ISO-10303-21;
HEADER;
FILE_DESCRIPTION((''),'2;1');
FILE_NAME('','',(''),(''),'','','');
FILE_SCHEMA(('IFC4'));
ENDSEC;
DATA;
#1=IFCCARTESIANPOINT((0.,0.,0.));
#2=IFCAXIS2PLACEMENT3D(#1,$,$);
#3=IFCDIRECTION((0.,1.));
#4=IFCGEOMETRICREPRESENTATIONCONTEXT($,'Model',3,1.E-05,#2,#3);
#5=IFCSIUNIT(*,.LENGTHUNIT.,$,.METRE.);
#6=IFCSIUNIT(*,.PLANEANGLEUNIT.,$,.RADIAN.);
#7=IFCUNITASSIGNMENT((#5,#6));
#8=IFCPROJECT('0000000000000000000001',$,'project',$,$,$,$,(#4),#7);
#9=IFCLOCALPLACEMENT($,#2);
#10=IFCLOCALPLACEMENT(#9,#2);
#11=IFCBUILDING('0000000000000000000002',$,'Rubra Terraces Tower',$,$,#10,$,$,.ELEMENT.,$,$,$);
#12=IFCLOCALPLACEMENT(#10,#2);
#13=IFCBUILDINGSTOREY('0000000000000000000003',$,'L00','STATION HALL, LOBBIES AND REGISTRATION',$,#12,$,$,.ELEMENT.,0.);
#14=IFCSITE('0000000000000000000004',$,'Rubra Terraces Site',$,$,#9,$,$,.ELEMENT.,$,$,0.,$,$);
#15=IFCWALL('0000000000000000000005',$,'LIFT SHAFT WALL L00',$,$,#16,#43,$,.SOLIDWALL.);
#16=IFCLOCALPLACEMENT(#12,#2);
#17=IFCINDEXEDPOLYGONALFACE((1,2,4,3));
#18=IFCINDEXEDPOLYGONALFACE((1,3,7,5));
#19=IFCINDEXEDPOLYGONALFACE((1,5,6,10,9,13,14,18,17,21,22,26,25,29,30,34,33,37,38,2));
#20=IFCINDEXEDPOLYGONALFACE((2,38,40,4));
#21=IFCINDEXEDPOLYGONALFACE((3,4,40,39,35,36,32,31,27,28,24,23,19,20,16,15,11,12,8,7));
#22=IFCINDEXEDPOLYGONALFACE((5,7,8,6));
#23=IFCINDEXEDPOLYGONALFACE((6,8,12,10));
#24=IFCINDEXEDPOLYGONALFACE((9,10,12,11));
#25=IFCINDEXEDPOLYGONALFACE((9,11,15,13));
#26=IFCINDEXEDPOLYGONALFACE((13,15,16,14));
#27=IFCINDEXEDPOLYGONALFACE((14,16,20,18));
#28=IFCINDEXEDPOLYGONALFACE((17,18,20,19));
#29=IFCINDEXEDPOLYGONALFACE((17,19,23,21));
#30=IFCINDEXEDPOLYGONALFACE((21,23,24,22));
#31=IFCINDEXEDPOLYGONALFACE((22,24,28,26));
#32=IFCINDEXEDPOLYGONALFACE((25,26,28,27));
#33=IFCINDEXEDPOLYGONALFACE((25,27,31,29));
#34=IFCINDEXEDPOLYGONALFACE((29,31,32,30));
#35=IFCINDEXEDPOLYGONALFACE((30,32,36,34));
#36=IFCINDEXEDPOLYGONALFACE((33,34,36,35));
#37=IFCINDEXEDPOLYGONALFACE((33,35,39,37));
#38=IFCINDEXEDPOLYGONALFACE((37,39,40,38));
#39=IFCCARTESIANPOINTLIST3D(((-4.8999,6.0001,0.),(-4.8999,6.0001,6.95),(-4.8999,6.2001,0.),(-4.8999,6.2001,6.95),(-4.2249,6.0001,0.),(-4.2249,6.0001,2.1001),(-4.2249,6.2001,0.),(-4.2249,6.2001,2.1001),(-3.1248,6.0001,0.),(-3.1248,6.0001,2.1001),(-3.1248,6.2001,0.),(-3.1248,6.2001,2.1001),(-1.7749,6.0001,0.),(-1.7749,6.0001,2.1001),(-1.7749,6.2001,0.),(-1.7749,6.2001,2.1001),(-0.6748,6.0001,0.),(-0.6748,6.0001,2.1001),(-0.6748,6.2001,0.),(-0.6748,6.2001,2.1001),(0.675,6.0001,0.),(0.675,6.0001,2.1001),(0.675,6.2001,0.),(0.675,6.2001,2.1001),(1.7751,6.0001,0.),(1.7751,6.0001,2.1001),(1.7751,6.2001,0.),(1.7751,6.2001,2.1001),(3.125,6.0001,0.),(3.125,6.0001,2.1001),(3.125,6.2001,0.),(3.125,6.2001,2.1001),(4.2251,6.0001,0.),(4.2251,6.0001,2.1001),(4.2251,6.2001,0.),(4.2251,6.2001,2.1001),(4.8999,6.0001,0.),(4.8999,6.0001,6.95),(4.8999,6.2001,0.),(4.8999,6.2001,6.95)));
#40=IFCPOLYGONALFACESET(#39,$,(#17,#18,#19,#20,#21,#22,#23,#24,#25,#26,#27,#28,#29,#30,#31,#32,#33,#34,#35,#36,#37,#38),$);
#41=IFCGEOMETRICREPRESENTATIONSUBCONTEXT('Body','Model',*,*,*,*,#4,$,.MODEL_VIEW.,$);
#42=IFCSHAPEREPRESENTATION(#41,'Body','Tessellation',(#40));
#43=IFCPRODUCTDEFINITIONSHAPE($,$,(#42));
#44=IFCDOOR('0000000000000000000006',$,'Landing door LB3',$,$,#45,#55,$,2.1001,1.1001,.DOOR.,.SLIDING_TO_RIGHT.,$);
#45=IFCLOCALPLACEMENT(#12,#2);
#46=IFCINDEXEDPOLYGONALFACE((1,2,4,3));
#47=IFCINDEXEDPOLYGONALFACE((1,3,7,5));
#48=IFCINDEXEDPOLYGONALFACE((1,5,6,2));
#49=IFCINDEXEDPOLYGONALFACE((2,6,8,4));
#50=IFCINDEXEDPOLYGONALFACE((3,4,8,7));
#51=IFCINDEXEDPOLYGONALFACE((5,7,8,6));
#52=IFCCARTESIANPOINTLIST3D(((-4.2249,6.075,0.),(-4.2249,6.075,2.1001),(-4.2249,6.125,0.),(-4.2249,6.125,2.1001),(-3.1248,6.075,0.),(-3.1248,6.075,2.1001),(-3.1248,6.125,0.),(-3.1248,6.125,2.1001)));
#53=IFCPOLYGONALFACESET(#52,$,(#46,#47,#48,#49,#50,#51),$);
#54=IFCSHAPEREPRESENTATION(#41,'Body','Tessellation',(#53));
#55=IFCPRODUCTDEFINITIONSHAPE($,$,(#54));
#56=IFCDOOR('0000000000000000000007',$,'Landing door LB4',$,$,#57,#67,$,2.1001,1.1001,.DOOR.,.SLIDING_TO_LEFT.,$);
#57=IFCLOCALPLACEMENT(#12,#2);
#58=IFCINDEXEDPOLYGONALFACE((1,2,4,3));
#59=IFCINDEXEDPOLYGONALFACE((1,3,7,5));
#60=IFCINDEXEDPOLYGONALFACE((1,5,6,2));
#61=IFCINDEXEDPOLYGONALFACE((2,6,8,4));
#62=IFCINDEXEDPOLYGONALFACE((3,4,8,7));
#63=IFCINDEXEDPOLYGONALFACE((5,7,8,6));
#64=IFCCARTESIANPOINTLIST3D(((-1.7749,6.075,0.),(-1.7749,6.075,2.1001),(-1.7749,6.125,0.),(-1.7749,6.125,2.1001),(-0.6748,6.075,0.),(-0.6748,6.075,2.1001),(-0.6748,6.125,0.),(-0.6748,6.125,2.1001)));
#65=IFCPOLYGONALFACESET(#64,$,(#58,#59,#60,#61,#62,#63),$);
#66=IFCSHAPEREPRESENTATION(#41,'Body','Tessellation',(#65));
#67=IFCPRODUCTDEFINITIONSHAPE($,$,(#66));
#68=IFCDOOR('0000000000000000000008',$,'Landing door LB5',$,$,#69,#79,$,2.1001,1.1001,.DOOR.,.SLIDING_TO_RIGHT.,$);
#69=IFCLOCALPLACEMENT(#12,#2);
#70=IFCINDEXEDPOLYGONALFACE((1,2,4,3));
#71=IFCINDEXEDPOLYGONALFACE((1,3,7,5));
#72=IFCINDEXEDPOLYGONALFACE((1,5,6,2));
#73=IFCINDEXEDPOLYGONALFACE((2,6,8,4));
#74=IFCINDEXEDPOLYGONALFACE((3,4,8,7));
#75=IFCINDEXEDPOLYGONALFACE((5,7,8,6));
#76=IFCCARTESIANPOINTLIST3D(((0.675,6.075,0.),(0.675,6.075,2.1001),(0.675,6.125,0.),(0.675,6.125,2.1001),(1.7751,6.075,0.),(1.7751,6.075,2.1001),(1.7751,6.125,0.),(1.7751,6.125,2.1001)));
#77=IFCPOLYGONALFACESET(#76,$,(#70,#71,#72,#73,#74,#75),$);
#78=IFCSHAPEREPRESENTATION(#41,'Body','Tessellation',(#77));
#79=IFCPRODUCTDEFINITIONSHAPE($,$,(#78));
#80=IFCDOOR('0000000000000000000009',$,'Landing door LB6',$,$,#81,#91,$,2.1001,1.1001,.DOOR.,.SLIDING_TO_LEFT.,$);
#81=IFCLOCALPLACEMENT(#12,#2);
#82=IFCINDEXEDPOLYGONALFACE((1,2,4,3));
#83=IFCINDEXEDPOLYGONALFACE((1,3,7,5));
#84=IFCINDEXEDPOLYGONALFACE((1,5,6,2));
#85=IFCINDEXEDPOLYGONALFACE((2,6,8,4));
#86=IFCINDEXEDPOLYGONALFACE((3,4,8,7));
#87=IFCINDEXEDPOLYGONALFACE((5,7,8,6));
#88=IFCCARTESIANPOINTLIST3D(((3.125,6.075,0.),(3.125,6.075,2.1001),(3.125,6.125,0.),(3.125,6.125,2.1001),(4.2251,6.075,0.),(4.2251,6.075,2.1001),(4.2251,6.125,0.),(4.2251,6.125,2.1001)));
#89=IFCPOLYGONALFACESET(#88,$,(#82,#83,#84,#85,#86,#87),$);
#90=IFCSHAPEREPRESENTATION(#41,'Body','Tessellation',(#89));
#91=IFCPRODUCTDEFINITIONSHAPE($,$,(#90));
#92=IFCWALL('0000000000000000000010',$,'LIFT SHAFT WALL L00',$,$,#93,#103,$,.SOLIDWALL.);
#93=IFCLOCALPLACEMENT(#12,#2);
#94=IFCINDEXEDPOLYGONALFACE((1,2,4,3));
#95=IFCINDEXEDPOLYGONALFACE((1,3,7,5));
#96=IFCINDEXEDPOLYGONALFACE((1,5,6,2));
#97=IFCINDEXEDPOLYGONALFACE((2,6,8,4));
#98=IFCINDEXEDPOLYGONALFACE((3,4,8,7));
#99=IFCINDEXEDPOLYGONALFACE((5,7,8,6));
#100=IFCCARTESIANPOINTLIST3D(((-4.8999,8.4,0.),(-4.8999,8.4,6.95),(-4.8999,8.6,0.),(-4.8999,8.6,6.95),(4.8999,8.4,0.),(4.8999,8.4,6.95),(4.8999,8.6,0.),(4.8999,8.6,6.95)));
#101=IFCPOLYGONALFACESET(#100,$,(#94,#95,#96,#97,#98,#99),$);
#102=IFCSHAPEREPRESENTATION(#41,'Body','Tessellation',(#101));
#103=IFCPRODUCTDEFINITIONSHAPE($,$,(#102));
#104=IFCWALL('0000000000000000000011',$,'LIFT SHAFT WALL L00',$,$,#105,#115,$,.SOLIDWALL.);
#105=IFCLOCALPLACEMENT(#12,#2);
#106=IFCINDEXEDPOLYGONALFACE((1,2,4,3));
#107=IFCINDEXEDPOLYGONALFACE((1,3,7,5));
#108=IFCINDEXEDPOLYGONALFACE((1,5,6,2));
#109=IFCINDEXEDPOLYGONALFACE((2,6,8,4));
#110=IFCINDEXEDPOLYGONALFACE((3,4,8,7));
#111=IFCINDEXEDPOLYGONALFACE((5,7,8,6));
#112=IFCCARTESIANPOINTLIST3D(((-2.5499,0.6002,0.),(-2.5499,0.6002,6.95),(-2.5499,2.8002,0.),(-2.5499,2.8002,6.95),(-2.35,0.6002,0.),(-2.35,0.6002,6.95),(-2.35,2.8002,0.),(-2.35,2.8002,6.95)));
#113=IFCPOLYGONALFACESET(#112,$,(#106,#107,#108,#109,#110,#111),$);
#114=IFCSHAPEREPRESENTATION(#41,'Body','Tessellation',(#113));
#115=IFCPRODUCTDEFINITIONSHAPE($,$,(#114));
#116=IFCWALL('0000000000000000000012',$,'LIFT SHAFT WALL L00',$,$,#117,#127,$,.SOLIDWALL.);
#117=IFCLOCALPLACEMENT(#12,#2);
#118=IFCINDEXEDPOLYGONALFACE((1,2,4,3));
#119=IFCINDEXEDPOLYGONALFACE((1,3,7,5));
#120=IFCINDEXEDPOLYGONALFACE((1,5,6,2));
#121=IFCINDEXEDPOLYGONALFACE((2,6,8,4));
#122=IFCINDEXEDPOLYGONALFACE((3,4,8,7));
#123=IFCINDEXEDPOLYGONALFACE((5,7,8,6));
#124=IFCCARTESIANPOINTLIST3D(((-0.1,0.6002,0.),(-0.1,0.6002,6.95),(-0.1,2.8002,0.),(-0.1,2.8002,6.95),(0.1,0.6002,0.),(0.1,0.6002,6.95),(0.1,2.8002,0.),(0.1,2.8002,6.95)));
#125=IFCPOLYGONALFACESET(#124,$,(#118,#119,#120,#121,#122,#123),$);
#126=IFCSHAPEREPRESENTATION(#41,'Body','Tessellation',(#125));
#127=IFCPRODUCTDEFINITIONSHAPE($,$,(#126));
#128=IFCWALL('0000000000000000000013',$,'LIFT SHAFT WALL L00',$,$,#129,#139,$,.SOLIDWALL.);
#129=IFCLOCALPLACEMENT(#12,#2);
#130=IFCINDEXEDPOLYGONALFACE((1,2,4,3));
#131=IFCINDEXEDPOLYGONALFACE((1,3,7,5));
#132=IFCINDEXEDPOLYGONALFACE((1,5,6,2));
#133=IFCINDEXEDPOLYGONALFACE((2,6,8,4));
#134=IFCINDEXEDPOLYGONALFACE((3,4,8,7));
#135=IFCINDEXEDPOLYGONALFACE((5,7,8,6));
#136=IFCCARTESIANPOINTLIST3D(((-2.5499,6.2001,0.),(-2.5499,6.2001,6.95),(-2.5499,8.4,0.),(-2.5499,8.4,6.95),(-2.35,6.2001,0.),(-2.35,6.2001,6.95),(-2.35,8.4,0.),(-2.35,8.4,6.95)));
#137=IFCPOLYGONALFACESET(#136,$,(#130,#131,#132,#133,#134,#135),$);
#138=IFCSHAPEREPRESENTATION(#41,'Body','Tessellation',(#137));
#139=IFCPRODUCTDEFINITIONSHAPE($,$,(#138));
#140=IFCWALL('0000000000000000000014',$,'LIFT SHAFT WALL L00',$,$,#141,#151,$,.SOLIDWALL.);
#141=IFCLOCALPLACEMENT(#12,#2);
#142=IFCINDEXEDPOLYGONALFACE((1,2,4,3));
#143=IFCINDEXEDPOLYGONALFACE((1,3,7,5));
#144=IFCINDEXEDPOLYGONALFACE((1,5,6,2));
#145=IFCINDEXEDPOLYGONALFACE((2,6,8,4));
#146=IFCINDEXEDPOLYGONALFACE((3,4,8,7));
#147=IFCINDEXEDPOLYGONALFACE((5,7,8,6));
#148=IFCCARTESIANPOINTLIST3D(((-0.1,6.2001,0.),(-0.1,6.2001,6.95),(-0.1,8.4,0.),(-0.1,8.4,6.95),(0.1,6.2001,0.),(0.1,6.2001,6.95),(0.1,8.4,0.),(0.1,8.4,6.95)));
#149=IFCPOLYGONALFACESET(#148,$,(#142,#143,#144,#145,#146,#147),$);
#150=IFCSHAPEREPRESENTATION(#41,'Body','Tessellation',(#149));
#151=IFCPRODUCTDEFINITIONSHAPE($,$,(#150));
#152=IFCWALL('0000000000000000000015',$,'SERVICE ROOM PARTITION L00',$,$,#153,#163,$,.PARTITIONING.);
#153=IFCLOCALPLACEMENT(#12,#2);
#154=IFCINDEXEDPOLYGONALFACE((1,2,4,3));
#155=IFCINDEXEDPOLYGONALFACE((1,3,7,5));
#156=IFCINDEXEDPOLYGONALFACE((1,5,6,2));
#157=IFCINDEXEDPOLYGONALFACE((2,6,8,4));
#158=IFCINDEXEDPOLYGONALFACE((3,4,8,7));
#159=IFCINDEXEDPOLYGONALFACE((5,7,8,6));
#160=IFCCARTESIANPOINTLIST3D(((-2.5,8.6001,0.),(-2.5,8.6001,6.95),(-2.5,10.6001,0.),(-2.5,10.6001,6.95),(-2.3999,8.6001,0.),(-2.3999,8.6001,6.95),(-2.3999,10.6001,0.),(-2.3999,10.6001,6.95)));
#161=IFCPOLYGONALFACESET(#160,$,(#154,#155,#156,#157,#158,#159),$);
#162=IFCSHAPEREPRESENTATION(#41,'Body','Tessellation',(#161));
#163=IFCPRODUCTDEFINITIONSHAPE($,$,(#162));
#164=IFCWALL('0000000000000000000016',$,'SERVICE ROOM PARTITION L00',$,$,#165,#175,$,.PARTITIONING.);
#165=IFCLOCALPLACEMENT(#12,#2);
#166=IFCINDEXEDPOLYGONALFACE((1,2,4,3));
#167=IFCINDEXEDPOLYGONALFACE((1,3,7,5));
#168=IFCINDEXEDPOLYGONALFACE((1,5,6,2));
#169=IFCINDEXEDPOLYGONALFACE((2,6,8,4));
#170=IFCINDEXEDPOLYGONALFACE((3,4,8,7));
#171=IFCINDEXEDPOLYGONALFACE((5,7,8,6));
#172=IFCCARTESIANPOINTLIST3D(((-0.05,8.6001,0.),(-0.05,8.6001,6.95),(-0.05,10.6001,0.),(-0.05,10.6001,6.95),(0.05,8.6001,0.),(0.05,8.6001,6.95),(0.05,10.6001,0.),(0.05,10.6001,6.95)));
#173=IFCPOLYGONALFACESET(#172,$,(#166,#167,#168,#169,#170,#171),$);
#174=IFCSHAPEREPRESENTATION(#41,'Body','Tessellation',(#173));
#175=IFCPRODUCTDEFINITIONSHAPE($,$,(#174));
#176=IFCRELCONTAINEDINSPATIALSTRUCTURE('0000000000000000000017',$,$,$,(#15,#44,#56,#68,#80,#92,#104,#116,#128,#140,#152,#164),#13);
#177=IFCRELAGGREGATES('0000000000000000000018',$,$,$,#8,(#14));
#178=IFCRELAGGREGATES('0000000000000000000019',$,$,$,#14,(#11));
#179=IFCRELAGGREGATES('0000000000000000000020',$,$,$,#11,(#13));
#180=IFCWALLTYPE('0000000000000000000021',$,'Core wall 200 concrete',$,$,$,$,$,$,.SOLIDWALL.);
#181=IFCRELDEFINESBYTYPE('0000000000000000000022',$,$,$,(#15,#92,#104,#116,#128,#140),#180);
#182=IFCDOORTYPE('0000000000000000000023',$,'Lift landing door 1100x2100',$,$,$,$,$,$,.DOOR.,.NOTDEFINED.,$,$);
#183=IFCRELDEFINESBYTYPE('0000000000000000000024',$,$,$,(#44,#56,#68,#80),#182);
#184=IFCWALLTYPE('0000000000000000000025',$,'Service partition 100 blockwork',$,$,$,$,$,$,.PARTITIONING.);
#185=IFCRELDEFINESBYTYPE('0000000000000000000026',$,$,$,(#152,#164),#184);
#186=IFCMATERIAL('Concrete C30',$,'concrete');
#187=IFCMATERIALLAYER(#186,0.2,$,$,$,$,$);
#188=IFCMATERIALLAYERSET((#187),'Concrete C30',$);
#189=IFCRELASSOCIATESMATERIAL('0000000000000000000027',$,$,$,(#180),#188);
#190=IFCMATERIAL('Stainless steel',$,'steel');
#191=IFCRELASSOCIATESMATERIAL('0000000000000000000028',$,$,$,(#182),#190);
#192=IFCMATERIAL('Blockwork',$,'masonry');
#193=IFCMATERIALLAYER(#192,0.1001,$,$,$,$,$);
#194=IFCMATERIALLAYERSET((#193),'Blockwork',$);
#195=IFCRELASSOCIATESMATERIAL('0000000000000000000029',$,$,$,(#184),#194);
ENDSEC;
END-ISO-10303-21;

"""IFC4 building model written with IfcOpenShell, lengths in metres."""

from ifc_helpers import new_model, si_unit, direction, frame, frame_2d, origin, place, context, subcontext, project, spatial, rectangle, extrude, material, layer, layer_set, type_object, element, fill, save


model = new_model("IFC4")

# Units and contexts
model_context = context("Model", 3, precision=1e-05, world=origin(), true_north=direction((0.0, 1.0)))
body_context = subcontext(model_context, "Body", "Model", "MODEL_VIEW")
ifc_project = project(units=[si_unit("LENGTHUNIT", "METRE"), si_unit("PLANEANGLEUNIT", "RADIAN")], contexts=[model_context])

# Site, building, storey
site_placement = place(None, origin())
site = spatial("IfcSite", under=ifc_project, at=site_placement, Name="Rubra Terraces Site", CompositionType="ELEMENT", RefElevation=0.0)
building_placement = place(site_placement, origin())
building = spatial("IfcBuilding", under=site, at=building_placement, Name="Rubra Terraces Tower", CompositionType="ELEMENT")
storey_placement = place(building_placement, origin())
storey = spatial("IfcBuildingStorey", under=building, at=storey_placement, Name="L00", Description="STATION HALL, LOBBIES AND REGISTRATION", CompositionType="ELEMENT", Elevation=0.0)

# Shared definitions
ifc_material_1 = material(Name="Concrete C30", Category="concrete")
ifc_layer_1 = layer(ifc_material_1, 0.2)
ifc_layer_set_1 = layer_set([ifc_layer_1], Name="Concrete C30")
wall_type_1 = type_object("IfcWallType", Name="Core wall 200 concrete", PredefinedType="SOLIDWALL", material=ifc_layer_set_1)

# Wall, openings, doors
ifc_material_2 = material(Name="Stainless steel", Category="steel")
door_type = type_object("IfcDoorType", Name="Lift landing door 1100x2100", OperationType="NOTDEFINED", PredefinedType="DOOR", material=ifc_material_2)
wall_1_placement = place(storey_placement, frame((-4.8999, 6.1001, 0.0), z_axis=(0.0, 0.0, 1.0), x_axis=(1.0, 0.0, 0.0)))
wall_1 = element("IfcWall", 1, at=wall_1_placement, inside=storey, type_object=wall_type_1, Name="LIFT SHAFT WALL L00", PredefinedType="SOLIDWALL", context=body_context, shape_type="SweptSolid", body=[
    extrude(rectangle(XDim=9.7998, YDim=0.2, at=frame_2d((4.8999, 0.0))), origin(), (0.0, 0.0, 1.0), 6.95),
])
opening_1_placement = place(wall_1_placement, frame((0.675, 0.0, 0.0)))
opening_1 = element("IfcOpeningElement", 2, at=opening_1_placement, cuts=wall_1, PredefinedType="OPENING", context=body_context, shape_type="SweptSolid", body=[
    extrude(rectangle(XDim=1.1001, YDim=2.1001, at=frame_2d((0.55, 1.05))), frame((0.0, 0.1099, 0.0), z_axis=(0.0, -1.0, 0.0), x_axis=(1.0, 0.0, 0.0)), (0.0, 0.0, 1.0), 0.22),
])
opening_2_placement = place(wall_1_placement, frame((3.125, 0.0, 0.0)))
opening_2 = element("IfcOpeningElement", 3, at=opening_2_placement, cuts=wall_1, PredefinedType="OPENING", context=body_context, shape_type="SweptSolid", body=[
    extrude(rectangle(XDim=1.1001, YDim=2.1001, at=frame_2d((0.55, 1.05))), frame((0.0, 0.1099, 0.0), z_axis=(0.0, -1.0, 0.0), x_axis=(1.0, 0.0, 0.0)), (0.0, 0.0, 1.0), 0.22),
])
opening_3_placement = place(wall_1_placement, frame((5.575, 0.0, 0.0)))
opening_3 = element("IfcOpeningElement", 4, at=opening_3_placement, cuts=wall_1, PredefinedType="OPENING", context=body_context, shape_type="SweptSolid", body=[
    extrude(rectangle(XDim=1.1001, YDim=2.1001, at=frame_2d((0.55, 1.05))), frame((0.0, 0.1099, 0.0), z_axis=(0.0, -1.0, 0.0), x_axis=(1.0, 0.0, 0.0)), (0.0, 0.0, 1.0), 0.22),
])
opening_4_placement = place(wall_1_placement, frame((8.0249, 0.0, 0.0)))
opening_4 = element("IfcOpeningElement", 5, at=opening_4_placement, cuts=wall_1, PredefinedType="OPENING", context=body_context, shape_type="SweptSolid", body=[
    extrude(rectangle(XDim=1.1001, YDim=2.1001, at=frame_2d((0.55, 1.05))), frame((0.0, 0.1099, 0.0), z_axis=(0.0, -1.0, 0.0), x_axis=(1.0, 0.0, 0.0)), (0.0, 0.0, 1.0), 0.22),
])
door_1_placement = place(opening_1_placement, origin())
door_1 = element("IfcDoor", 6, at=door_1_placement, inside=storey, type_object=door_type, Name="Landing door LB3", OperationType="SLIDING_TO_RIGHT", OverallHeight=2.1001, OverallWidth=1.1001, PredefinedType="DOOR", context=body_context, shape_type="SweptSolid", body=[
    extrude(rectangle(XDim=1.1001, YDim=2.1001, at=frame_2d((0.55, 1.05))), frame((0.0, 0.0249, 0.0), z_axis=(0.0, -1.0, 0.0), x_axis=(1.0, 0.0, 0.0)), (0.0, 0.0, 1.0), 0.05),
])
fill(opening_1, door_1)
door_2_placement = place(opening_2_placement, origin())
door_2 = element("IfcDoor", 7, at=door_2_placement, inside=storey, type_object=door_type, Name="Landing door LB4", OperationType="SLIDING_TO_LEFT", OverallHeight=2.1001, OverallWidth=1.1001, PredefinedType="DOOR", context=body_context, shape_type="SweptSolid", body=[
    extrude(rectangle(XDim=1.1001, YDim=2.1001, at=frame_2d((0.55, 1.05))), frame((0.0, 0.0249, 0.0), z_axis=(0.0, -1.0, 0.0), x_axis=(1.0, 0.0, 0.0)), (0.0, 0.0, 1.0), 0.05),
])
fill(opening_2, door_2)
door_3_placement = place(opening_3_placement, origin())
door_3 = element("IfcDoor", 8, at=door_3_placement, inside=storey, type_object=door_type, Name="Landing door LB5", OperationType="SLIDING_TO_RIGHT", OverallHeight=2.1001, OverallWidth=1.1001, PredefinedType="DOOR", context=body_context, shape_type="SweptSolid", body=[
    extrude(rectangle(XDim=1.1001, YDim=2.1001, at=frame_2d((0.55, 1.05))), frame((0.0, 0.0249, 0.0), z_axis=(0.0, -1.0, 0.0), x_axis=(1.0, 0.0, 0.0)), (0.0, 0.0, 1.0), 0.05),
])
fill(opening_3, door_3)
door_4_placement = place(opening_4_placement, origin())
door_4 = element("IfcDoor", 9, at=door_4_placement, inside=storey, type_object=door_type, Name="Landing door LB6", OperationType="SLIDING_TO_LEFT", OverallHeight=2.1001, OverallWidth=1.1001, PredefinedType="DOOR", context=body_context, shape_type="SweptSolid", body=[
    extrude(rectangle(XDim=1.1001, YDim=2.1001, at=frame_2d((0.55, 1.05))), frame((0.0, 0.0249, 0.0), z_axis=(0.0, -1.0, 0.0), x_axis=(1.0, 0.0, 0.0)), (0.0, 0.0, 1.0), 0.05),
])
fill(opening_4, door_4)

# Walls
wall_2_placement = place(storey_placement, frame((-4.8999, 8.5, 0.0), z_axis=(0.0, 0.0, 1.0), x_axis=(1.0, 0.0, 0.0)))
element("IfcWall", 10, at=wall_2_placement, inside=storey, type_object=wall_type_1, Name="LIFT SHAFT WALL L00", PredefinedType="SOLIDWALL", context=body_context, shape_type="SweptSolid", body=[
    extrude(rectangle(XDim=9.7998, YDim=0.2, at=frame_2d((4.8999, 0.0))), origin(), (0.0, 0.0, 1.0), 6.95),
])
for number, where, z_axis, x_axis, name in (
    (11, (-2.45, 0.6001, 0.0), (0.0, 0.0, 1.0), (0.0, 1.0, 0.0), "LIFT SHAFT WALL L00"),
    (12, (0.0, 0.6001, 0.0), (0.0, 0.0, 1.0), (0.0, 1.0, 0.0), "LIFT SHAFT WALL L00"),
    (13, (-2.45, 6.2, 0.0), (0.0, 0.0, 1.0), (0.0, 1.0, 0.0), "LIFT SHAFT WALL L00"),
    (14, (0.0, 6.2, 0.0), (0.0, 0.0, 1.0), (0.0, 1.0, 0.0), "LIFT SHAFT WALL L00"),
):
    element("IfcWall", number, at=place(storey_placement, frame(where, z_axis=z_axis, x_axis=x_axis)), inside=storey, type_object=wall_type_1, Name=name, PredefinedType="SOLIDWALL", context=body_context, shape_type="SweptSolid", body=[
        extrude(rectangle(XDim=2.2, YDim=0.2, at=frame_2d((1.1001, 0.0))), origin(), (0.0, 0.0, 1.0), 6.95),
    ])
ifc_material_3 = material(Name="Blockwork", Category="masonry")
ifc_layer_2 = layer(ifc_material_3, 0.1001)
ifc_layer_set_2 = layer_set([ifc_layer_2], Name="Blockwork")
wall_type_2 = type_object("IfcWallType", Name="Service partition 100 blockwork", PredefinedType="PARTITIONING", material=ifc_layer_set_2)
for number, where, z_axis, x_axis, name in (
    (15, (-2.45, 8.6001, 0.0), (0.0, 0.0, 1.0), (0.0, 1.0, 0.0), "SERVICE ROOM PARTITION L00"),
    (16, (0.0, 8.6001, 0.0), (0.0, 0.0, 1.0), (0.0, 1.0, 0.0), "SERVICE ROOM PARTITION L00"),
):
    element("IfcWall", number, at=place(storey_placement, frame(where, z_axis=z_axis, x_axis=x_axis)), inside=storey, type_object=wall_type_2, Name=name, PredefinedType="PARTITIONING", context=body_context, shape_type="SweptSolid", body=[
        extrude(rectangle(XDim=2.0, YDim=0.1001, at=frame_2d((1.0, 0.0))), origin(), (0.0, 0.0, 1.0), 6.95),
    ])

save(model, "model.ifc")
